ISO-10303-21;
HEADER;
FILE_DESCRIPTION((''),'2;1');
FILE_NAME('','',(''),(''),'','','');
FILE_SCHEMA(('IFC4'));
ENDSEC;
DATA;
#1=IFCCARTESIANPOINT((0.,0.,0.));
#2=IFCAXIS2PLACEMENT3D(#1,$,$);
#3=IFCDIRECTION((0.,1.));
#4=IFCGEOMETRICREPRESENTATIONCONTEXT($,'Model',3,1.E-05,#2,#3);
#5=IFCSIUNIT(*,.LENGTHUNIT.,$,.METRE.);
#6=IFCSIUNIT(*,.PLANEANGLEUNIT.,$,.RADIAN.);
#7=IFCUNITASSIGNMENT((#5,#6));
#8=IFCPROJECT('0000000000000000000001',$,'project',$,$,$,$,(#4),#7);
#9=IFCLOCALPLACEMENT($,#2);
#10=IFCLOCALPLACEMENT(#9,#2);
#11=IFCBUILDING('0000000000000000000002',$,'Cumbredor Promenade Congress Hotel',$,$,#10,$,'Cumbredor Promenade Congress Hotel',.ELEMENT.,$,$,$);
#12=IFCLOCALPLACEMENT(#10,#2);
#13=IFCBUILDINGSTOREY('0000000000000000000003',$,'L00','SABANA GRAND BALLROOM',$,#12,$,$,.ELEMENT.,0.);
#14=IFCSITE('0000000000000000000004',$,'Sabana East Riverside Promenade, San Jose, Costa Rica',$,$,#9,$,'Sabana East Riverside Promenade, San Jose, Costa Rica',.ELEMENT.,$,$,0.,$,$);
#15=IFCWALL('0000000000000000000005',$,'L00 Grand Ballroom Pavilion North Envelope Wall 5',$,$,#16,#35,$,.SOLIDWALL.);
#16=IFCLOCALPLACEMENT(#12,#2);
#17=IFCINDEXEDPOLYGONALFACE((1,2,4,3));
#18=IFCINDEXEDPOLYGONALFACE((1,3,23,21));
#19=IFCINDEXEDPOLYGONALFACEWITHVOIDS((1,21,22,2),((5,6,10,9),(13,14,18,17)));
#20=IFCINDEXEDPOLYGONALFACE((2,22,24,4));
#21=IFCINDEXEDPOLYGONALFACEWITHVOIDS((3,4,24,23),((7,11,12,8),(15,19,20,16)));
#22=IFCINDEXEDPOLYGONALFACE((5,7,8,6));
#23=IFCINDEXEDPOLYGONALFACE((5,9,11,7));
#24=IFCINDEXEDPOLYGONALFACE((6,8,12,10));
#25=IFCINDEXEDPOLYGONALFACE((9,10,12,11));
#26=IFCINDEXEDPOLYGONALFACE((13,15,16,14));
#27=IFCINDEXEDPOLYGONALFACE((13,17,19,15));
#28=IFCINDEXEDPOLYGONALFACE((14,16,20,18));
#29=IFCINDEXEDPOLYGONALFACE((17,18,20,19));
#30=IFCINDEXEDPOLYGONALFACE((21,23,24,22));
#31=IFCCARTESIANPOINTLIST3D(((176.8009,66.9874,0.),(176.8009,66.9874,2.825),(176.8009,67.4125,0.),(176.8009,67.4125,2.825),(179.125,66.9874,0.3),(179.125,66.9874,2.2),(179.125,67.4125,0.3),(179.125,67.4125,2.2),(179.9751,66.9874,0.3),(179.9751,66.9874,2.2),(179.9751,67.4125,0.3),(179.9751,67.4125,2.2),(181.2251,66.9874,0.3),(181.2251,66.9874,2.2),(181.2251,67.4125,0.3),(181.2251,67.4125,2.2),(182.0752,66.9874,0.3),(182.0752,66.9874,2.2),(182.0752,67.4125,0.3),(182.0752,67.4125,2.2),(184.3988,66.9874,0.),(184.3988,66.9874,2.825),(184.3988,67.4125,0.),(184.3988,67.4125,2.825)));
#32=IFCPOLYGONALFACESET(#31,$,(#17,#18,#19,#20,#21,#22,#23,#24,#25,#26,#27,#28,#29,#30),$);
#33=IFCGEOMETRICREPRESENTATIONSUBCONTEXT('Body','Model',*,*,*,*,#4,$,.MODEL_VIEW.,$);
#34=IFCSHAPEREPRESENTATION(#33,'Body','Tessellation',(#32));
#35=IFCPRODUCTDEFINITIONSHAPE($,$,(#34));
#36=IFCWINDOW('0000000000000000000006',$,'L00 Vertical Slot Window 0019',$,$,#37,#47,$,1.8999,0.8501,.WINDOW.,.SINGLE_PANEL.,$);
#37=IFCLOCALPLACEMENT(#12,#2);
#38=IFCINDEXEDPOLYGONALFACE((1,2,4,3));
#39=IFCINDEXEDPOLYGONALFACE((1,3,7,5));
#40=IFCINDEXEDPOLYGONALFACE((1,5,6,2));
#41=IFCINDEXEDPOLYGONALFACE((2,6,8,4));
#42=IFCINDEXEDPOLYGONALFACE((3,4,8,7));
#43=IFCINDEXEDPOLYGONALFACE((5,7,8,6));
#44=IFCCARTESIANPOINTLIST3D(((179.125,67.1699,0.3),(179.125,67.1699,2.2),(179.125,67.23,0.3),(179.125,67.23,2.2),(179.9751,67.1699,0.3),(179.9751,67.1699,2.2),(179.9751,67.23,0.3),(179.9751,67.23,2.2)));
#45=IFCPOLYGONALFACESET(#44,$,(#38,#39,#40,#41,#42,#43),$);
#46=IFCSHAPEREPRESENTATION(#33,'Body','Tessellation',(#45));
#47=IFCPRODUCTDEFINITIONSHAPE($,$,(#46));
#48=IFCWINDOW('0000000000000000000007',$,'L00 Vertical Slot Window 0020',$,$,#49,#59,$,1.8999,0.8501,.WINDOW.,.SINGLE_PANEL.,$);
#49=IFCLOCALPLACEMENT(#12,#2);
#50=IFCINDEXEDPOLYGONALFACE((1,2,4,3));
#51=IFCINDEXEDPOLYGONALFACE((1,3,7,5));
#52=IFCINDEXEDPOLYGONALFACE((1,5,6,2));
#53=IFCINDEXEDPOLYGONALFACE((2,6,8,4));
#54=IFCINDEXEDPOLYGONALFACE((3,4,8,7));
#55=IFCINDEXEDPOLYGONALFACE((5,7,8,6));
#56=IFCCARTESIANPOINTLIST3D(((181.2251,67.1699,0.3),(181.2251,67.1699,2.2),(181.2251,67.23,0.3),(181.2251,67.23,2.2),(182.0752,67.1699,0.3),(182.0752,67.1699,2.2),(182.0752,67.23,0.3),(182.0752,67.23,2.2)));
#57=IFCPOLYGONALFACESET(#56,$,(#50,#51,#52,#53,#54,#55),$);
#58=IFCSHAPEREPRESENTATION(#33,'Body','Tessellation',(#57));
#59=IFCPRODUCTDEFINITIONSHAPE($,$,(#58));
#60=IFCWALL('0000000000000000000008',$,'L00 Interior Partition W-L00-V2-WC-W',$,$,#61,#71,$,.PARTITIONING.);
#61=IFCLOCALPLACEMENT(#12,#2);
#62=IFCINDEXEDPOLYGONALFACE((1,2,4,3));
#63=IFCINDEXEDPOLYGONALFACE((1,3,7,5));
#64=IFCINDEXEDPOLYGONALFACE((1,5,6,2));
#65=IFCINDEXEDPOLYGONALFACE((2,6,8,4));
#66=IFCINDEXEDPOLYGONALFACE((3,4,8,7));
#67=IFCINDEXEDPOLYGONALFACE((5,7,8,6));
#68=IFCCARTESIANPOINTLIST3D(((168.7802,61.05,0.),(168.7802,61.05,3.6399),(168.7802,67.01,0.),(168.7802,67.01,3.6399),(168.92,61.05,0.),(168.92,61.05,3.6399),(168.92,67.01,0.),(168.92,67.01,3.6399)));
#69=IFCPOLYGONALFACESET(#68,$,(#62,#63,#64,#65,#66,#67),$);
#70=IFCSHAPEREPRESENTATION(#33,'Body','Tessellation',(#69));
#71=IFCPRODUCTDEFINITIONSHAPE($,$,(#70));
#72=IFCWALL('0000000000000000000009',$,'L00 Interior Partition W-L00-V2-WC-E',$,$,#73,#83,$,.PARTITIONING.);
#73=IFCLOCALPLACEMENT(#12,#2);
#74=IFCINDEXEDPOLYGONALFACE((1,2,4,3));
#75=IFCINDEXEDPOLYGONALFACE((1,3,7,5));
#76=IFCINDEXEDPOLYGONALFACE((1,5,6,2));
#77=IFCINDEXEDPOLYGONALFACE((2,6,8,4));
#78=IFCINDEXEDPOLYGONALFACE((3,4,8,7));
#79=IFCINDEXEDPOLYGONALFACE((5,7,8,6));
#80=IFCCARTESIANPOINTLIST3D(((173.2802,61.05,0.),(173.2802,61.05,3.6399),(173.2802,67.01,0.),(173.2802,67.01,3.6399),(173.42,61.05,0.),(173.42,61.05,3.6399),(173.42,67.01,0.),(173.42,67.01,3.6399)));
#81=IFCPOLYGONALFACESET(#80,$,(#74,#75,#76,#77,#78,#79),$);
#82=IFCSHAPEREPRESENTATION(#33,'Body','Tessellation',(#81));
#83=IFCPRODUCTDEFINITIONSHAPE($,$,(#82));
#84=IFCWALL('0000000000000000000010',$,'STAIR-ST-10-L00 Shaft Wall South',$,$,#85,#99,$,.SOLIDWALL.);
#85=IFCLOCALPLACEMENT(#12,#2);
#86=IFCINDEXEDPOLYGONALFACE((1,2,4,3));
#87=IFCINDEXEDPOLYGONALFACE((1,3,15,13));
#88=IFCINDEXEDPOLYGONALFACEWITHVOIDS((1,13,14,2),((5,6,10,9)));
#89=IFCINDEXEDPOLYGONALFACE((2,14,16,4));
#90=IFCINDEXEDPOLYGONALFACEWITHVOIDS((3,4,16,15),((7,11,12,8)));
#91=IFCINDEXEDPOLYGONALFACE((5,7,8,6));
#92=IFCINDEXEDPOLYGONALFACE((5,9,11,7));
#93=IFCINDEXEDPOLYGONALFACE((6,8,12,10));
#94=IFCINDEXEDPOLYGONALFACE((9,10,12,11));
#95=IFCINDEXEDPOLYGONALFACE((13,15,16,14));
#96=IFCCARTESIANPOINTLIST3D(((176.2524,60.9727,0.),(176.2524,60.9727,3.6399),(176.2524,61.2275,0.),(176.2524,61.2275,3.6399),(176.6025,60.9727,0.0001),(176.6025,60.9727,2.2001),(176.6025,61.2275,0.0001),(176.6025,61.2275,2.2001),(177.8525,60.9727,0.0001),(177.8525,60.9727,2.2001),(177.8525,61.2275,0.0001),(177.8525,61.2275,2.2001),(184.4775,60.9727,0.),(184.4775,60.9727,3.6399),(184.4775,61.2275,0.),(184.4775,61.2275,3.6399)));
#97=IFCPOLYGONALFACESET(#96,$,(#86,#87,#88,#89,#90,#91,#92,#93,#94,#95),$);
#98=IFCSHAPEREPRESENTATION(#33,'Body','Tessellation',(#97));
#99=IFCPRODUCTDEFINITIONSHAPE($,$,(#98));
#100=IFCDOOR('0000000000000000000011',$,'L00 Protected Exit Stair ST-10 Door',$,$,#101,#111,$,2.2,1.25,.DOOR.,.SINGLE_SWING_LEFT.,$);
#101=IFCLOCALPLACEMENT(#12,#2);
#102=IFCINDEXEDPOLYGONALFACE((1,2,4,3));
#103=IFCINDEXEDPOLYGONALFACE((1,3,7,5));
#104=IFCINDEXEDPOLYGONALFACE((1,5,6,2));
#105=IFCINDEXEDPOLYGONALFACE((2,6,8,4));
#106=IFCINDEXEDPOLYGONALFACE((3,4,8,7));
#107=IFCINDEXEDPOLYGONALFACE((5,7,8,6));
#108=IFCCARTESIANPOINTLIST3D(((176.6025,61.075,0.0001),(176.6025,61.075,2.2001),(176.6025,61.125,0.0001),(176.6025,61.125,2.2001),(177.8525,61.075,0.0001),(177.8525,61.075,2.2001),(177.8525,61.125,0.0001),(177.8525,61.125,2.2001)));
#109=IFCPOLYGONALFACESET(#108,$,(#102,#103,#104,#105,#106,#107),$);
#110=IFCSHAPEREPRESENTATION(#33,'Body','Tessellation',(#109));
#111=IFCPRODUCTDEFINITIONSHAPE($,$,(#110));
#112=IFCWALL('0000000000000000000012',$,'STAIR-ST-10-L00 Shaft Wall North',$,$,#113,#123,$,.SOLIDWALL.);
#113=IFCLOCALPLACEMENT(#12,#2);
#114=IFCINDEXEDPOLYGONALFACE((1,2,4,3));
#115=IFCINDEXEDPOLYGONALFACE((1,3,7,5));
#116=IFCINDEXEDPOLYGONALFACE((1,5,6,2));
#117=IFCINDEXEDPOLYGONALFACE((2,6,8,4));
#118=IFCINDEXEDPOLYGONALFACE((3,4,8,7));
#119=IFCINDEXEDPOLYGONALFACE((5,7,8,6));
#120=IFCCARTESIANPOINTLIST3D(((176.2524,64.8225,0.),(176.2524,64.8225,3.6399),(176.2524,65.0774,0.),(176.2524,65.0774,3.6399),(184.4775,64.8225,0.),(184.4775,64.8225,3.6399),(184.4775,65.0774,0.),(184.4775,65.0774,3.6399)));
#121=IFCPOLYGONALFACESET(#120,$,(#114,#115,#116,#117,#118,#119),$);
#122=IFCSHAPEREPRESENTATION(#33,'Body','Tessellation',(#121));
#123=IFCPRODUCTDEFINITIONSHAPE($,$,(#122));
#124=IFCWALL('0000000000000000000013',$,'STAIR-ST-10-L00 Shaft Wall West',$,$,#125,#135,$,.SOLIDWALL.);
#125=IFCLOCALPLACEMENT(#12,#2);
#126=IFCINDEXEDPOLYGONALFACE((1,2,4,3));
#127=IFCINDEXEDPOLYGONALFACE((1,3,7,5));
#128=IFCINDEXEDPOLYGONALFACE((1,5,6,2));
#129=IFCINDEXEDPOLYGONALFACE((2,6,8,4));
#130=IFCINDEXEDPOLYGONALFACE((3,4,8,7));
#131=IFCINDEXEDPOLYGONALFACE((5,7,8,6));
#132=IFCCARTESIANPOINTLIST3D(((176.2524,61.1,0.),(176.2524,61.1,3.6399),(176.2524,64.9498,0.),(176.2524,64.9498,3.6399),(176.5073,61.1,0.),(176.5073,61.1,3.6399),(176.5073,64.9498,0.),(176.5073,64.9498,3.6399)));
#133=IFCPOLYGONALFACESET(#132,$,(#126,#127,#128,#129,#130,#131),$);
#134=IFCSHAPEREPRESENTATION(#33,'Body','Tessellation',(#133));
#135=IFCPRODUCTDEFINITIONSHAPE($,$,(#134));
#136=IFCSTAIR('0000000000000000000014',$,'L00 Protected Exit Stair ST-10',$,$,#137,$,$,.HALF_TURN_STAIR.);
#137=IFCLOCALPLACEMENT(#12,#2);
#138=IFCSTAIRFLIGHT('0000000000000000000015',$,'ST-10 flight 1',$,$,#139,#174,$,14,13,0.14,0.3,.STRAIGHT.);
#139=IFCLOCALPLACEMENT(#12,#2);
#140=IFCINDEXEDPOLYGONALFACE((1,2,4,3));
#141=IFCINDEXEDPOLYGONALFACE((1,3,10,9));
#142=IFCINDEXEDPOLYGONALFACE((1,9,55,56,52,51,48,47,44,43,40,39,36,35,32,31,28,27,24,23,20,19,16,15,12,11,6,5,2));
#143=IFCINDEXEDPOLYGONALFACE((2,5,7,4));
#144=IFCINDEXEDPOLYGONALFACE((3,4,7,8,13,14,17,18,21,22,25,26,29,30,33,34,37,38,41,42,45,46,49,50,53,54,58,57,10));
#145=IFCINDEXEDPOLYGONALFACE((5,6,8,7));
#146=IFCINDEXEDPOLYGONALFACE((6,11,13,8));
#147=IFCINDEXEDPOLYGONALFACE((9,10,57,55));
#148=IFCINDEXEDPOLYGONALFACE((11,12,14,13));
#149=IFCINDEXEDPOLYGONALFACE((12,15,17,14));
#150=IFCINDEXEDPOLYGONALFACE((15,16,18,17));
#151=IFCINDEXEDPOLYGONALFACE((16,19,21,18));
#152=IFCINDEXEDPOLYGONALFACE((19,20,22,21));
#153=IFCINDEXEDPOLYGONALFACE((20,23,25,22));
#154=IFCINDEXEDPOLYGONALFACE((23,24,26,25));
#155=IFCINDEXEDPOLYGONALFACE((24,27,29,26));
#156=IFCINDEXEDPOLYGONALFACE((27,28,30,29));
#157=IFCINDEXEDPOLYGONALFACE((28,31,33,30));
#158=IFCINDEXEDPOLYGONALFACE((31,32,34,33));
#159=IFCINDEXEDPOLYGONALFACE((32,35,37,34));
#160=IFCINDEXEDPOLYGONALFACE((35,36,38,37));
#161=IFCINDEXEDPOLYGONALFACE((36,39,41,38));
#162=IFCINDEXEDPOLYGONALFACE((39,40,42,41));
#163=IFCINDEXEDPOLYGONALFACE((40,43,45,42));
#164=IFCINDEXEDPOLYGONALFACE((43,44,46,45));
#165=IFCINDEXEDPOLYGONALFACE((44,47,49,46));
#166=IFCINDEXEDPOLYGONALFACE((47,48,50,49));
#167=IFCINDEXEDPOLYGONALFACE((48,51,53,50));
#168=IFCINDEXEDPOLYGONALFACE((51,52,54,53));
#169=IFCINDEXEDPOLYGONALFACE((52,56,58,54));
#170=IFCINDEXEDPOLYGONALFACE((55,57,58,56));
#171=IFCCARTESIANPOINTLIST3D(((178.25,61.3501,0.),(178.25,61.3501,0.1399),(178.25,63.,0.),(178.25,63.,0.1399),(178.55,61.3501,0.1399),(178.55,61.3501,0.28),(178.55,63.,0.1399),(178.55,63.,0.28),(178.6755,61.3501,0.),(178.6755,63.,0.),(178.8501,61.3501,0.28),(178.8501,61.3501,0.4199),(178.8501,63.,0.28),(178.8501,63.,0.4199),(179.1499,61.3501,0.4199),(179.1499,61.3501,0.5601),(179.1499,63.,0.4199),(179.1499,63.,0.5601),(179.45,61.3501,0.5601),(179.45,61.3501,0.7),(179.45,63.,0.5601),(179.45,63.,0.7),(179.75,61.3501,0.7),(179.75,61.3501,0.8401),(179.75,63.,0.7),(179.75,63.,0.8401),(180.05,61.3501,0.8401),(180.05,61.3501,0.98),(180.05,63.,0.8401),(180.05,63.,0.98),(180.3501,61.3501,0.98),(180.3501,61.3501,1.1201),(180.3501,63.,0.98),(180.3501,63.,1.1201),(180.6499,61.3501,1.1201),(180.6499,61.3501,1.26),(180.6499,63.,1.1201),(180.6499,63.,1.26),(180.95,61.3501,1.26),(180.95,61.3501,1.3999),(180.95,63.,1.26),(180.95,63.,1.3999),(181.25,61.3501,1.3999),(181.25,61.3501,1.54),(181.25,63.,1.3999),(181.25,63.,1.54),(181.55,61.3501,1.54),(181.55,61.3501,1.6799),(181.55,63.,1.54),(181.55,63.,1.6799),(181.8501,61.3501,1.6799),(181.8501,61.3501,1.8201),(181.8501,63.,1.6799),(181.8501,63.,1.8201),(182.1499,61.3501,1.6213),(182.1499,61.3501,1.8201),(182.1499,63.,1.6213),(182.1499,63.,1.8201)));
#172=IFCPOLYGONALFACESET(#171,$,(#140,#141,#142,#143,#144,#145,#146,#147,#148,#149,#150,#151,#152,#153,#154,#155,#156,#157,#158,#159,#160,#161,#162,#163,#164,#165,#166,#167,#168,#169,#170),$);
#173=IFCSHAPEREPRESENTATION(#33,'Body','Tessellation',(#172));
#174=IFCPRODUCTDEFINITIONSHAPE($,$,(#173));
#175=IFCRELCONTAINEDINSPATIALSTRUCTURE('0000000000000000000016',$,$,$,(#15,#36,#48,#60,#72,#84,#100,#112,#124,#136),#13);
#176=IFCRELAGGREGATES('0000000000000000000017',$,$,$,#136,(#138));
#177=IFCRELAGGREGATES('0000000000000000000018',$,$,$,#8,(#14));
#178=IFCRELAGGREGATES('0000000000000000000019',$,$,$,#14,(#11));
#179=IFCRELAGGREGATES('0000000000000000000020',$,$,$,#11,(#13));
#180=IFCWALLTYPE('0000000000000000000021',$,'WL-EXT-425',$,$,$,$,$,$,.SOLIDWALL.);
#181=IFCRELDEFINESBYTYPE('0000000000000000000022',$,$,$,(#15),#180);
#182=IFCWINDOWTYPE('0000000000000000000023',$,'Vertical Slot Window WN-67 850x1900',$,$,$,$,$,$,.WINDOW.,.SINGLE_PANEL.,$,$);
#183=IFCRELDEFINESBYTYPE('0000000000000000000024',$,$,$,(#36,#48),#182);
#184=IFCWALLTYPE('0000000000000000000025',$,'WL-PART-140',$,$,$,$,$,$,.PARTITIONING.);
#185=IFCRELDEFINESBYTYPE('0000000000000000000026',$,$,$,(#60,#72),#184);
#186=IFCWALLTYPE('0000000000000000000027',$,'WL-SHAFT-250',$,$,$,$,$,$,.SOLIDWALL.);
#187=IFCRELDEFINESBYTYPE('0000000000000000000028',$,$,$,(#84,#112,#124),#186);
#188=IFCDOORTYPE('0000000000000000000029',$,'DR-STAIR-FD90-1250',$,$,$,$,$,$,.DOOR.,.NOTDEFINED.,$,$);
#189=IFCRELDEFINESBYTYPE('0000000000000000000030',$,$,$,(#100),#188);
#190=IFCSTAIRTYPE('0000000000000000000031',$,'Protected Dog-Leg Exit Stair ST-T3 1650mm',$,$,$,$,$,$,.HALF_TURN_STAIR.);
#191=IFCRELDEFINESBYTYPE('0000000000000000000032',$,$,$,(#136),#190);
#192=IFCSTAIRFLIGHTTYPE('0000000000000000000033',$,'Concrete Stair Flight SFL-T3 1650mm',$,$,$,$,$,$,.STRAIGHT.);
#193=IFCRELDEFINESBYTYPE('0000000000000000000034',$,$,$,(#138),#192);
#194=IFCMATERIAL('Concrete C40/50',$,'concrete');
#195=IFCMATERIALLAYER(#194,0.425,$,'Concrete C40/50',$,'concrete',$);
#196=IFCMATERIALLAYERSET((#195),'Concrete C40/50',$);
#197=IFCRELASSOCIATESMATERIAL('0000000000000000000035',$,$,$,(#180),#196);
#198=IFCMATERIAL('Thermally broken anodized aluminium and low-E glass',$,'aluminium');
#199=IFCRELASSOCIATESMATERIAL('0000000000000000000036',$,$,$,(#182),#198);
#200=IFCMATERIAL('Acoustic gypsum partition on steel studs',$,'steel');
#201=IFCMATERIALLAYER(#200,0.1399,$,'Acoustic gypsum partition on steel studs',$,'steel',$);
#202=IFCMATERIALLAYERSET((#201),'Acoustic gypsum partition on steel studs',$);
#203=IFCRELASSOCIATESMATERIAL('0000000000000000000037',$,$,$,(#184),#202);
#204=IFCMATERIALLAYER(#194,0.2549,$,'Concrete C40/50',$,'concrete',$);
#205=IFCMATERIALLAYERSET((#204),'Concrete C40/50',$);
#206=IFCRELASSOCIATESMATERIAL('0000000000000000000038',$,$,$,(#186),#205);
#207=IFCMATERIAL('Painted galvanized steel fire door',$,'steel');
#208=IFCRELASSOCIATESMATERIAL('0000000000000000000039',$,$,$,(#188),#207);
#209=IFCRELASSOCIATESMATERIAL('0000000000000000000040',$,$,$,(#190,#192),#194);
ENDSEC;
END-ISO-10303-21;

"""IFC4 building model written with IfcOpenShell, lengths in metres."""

from ifc_helpers import new_model, si_unit, direction, frame, frame_2d, origin, place, context, subcontext, project, spatial, polyline, rectangle, outline, extrude, material, layer, layer_set, type_object, element, fill, aggregate, save


model = new_model("IFC4")

# Units and contexts
model_context = context("Model", 3, precision=1e-05, world=origin(), true_north=direction((0.0, 1.0)))
body_context = subcontext(model_context, "Body", "Model", "MODEL_VIEW")
ifc_project = project(units=[si_unit("LENGTHUNIT", "METRE"), si_unit("PLANEANGLEUNIT", "RADIAN")], contexts=[model_context])

# Site, building, storey
site_placement = place(None, origin())
site = spatial("IfcSite", under=ifc_project, at=site_placement, Name="Sabana East Riverside Promenade, San Jose, Costa Rica", LongName="Sabana East Riverside Promenade, San Jose, Costa Rica", CompositionType="ELEMENT", RefElevation=0.0)
building_placement = place(site_placement, origin())
building = spatial("IfcBuilding", under=site, at=building_placement, Name="Cumbredor Promenade Congress Hotel", LongName="Cumbredor Promenade Congress Hotel", CompositionType="ELEMENT")
storey_placement = place(building_placement, origin())
storey = spatial("IfcBuildingStorey", under=building, at=storey_placement, Name="L00", Description="SABANA GRAND BALLROOM", CompositionType="ELEMENT", Elevation=0.0)

# Shared definitions
ifc_material_1 = material(Name="Thermally broken anodized aluminium and low-E glass", Category="aluminium")

# Shared definitions
ifc_material_2 = material(Name="Concrete C40/50", Category="concrete")

# Wall, openings, windows
ifc_layer_1 = layer(ifc_material_2, 0.425, Name="Concrete C40/50", Category="concrete")
ifc_layer_set_1 = layer_set([ifc_layer_1], Name="Concrete C40/50")
wall_type_1 = type_object("IfcWallType", Name="WL-EXT-425", PredefinedType="SOLIDWALL", material=ifc_layer_set_1)
wall_1_placement = place(storey_placement, frame((176.801, 67.2, 0.0), z_axis=(0.0, 0.0, 1.0), x_axis=(1.0, 0.0, 0.0)))
wall_1 = element("IfcWall", 1, at=wall_1_placement, inside=storey, type_object=wall_type_1, Name="L00 Grand Ballroom Pavilion North Envelope Wall 5", PredefinedType="SOLIDWALL", context=body_context, shape_type="SweptSolid", body=[
    extrude(rectangle(XDim=7.5979, YDim=0.425, at=frame_2d((3.7988, 0.0))), origin(), (0.0, 0.0, 1.0), 2.825),
])
opening_1_placement = place(wall_1_placement, frame((2.324, 0.0, 0.3)))
opening_1 = element("IfcOpeningElement", 2, at=opening_1_placement, cuts=wall_1, PredefinedType="OPENING", context=body_context, shape_type="SweptSolid", body=[
    extrude(rectangle(XDim=0.8501, YDim=1.8999, at=frame_2d((0.425, 0.95))), frame((0.0, 0.2227, 0.0), z_axis=(0.0, -1.0, 0.0), x_axis=(1.0, 0.0, 0.0)), (0.0, 0.0, 1.0), 0.4451),
])
opening_2_placement = place(wall_1_placement, frame((4.4241, 0.0, 0.3)))
opening_2 = element("IfcOpeningElement", 3, at=opening_2_placement, cuts=wall_1, PredefinedType="OPENING", context=body_context, shape_type="SweptSolid", body=[
    extrude(rectangle(XDim=0.8501, YDim=1.8999, at=frame_2d((0.425, 0.95))), frame((0.0, 0.2227, 0.0), z_axis=(0.0, -1.0, 0.0), x_axis=(1.0, 0.0, 0.0)), (0.0, 0.0, 1.0), 0.4451),
])
window_type = type_object("IfcWindowType", Name="Vertical Slot Window WN-67 850x1900", PartitioningType="SINGLE_PANEL", PredefinedType="WINDOW", material=ifc_material_1)
window_1_placement = place(opening_1_placement, origin())
window_1 = element("IfcWindow", 4, at=window_1_placement, inside=storey, type_object=window_type, Name="L00 Vertical Slot Window 0019", OverallHeight=1.8999, OverallWidth=0.8501, PartitioningType="SINGLE_PANEL", PredefinedType="WINDOW", context=body_context, shape_type="SweptSolid", body=[
    extrude(rectangle(XDim=0.8501, YDim=1.8999, at=frame_2d((0.425, 0.95))), frame((0.0, 0.03, 0.0), z_axis=(0.0, -1.0, 0.0), x_axis=(1.0, 0.0, 0.0)), (0.0, 0.0, 1.0), 0.0601),
])
fill(opening_1, window_1)
window_2_placement = place(opening_2_placement, origin())
window_2 = element("IfcWindow", 5, at=window_2_placement, inside=storey, type_object=window_type, Name="L00 Vertical Slot Window 0020", OverallHeight=1.8999, OverallWidth=0.8501, PartitioningType="SINGLE_PANEL", PredefinedType="WINDOW", context=body_context, shape_type="SweptSolid", body=[
    extrude(rectangle(XDim=0.8501, YDim=1.8999, at=frame_2d((0.425, 0.95))), frame((0.0, 0.03, 0.0), z_axis=(0.0, -1.0, 0.0), x_axis=(1.0, 0.0, 0.0)), (0.0, 0.0, 1.0), 0.0601),
])
fill(opening_2, window_2)

# Walls
ifc_material_3 = material(Name="Acoustic gypsum partition on steel studs", Category="steel")
ifc_layer_2 = layer(ifc_material_3, 0.1399, Name="Acoustic gypsum partition on steel studs", Category="steel")
ifc_layer_set_2 = layer_set([ifc_layer_2], Name="Acoustic gypsum partition on steel studs")
wall_type_2 = type_object("IfcWallType", Name="WL-PART-140", PredefinedType="PARTITIONING", material=ifc_layer_set_2)
for number, where, z_axis, x_axis, name in (
    (6, (168.8501, 61.05, 0.0), (0.0, 0.0, 1.0), (0.0, 1.0, 0.0), "L00 Interior Partition W-L00-V2-WC-W"),
    (7, (173.3501, 61.05, 0.0), (0.0, 0.0, 1.0), (0.0, 1.0, 0.0), "L00 Interior Partition W-L00-V2-WC-E"),
):
    element("IfcWall", number, at=place(storey_placement, frame(where, z_axis=z_axis, x_axis=x_axis)), inside=storey, type_object=wall_type_2, Name=name, PredefinedType="PARTITIONING", context=body_context, shape_type="SweptSolid", body=[
        extrude(rectangle(XDim=5.96, YDim=0.1399, at=frame_2d((2.98, 0.0))), origin(), (0.0, 0.0, 1.0), 3.6399),
    ])

# Wall, opening, door
ifc_layer_3 = layer(ifc_material_2, 0.2549, Name="Concrete C40/50", Category="concrete")
ifc_layer_set_3 = layer_set([ifc_layer_3], Name="Concrete C40/50")
wall_type_3 = type_object("IfcWallType", Name="WL-SHAFT-250", PredefinedType="SOLIDWALL", material=ifc_layer_set_3)
wall_2_placement = place(storey_placement, frame((176.2524, 61.1001, 0.0), z_axis=(0.0, 0.0, 1.0), x_axis=(1.0, 0.0, 0.0)))
wall_2 = element("IfcWall", 8, at=wall_2_placement, inside=storey, type_object=wall_type_3, Name="STAIR-ST-10-L00 Shaft Wall South", PredefinedType="SOLIDWALL", context=body_context, shape_type="SweptSolid", body=[
    extrude(rectangle(XDim=8.2251, YDim=0.2549, at=frame_2d((4.1125, 0.0))), origin(), (0.0, 0.0, 1.0), 3.6399),
])
opening_3_placement = place(wall_2_placement, frame((0.3501, 0.0, 0.0)))
opening_3 = element("IfcOpeningElement", 9, at=opening_3_placement, cuts=wall_2, PredefinedType="OPENING", context=body_context, shape_type="SweptSolid", body=[
    extrude(rectangle(XDim=1.25, YDim=2.2, at=frame_2d((0.625, 1.1001))), frame((0.0, 0.1375, 0.0), z_axis=(0.0, -1.0, 0.0), x_axis=(1.0, 0.0, 0.0)), (0.0, 0.0, 1.0), 0.2749),
])
ifc_material_4 = material(Name="Painted galvanized steel fire door", Category="steel")
door_type = type_object("IfcDoorType", Name="DR-STAIR-FD90-1250", OperationType="NOTDEFINED", PredefinedType="DOOR", material=ifc_material_4)
door_placement = place(opening_3_placement, origin())
door = element("IfcDoor", 10, at=door_placement, inside=storey, type_object=door_type, Name="L00 Protected Exit Stair ST-10 Door", OperationType="SINGLE_SWING_LEFT", OverallHeight=2.2, OverallWidth=1.25, PredefinedType="DOOR", context=body_context, shape_type="SweptSolid", body=[
    extrude(rectangle(XDim=1.25, YDim=2.2, at=frame_2d((0.625, 1.1001))), frame((0.0, 0.0249, 0.0), z_axis=(0.0, -1.0, 0.0), x_axis=(1.0, 0.0, 0.0)), (0.0, 0.0, 1.0), 0.05),
])
fill(opening_3, door)

# Walls
wall_3_placement = place(storey_placement, frame((176.2524, 64.95, 0.0), z_axis=(0.0, 0.0, 1.0), x_axis=(1.0, 0.0, 0.0)))
element("IfcWall", 11, at=wall_3_placement, inside=storey, type_object=wall_type_3, Name="STAIR-ST-10-L00 Shaft Wall North", PredefinedType="SOLIDWALL", context=body_context, shape_type="SweptSolid", body=[
    extrude(rectangle(XDim=8.2251, YDim=0.2549, at=frame_2d((4.1125, 0.0))), origin(), (0.0, 0.0, 1.0), 3.6399),
])
wall_4_placement = place(storey_placement, frame((176.3799, 61.1001, 0.0), z_axis=(0.0, 0.0, 1.0), x_axis=(0.0, 1.0, 0.0)))
element("IfcWall", 12, at=wall_4_placement, inside=storey, type_object=wall_type_3, Name="STAIR-ST-10-L00 Shaft Wall West", PredefinedType="SOLIDWALL", context=body_context, shape_type="SweptSolid", body=[
    extrude(rectangle(XDim=3.8499, YDim=0.2549, at=frame_2d((1.9248, 0.0))), origin(), (0.0, 0.0, 1.0), 3.6399),
])

# Stair, stair flight
stair_type = type_object("IfcStairType", Name="Protected Dog-Leg Exit Stair ST-T3 1650mm", PredefinedType="HALF_TURN_STAIR", material=ifc_material_2)
stair_placement = place(storey_placement, origin())
stair = element("IfcStair", 13, at=stair_placement, inside=storey, type_object=stair_type, Name="L00 Protected Exit Stair ST-10", PredefinedType="HALF_TURN_STAIR")
stair_flight_type = type_object("IfcStairFlightType", Name="Concrete Stair Flight SFL-T3 1650mm", PredefinedType="STRAIGHT", material=ifc_material_2)
stair_flight_1_placement = place(storey_placement, frame((178.25, 62.175, 0.0), z_axis=(0.0, 0.0, 1.0), x_axis=(1.0, 0.0, 0.0)))
stair_flight_1 = element("IfcStairFlight", 14, at=stair_flight_1_placement, type_object=stair_flight_type, Name="ST-10 flight 1", NumberOfRisers=14, NumberOfTreads=13, PredefinedType="STRAIGHT", RiserHeight=0.14, TreadLength=0.3, context=body_context, shape_type="SweptSolid", body=[
    extrude(outline(polyline([(0.0, 0.0), (0.0, 0.1399), (0.3, 0.1399), (0.3, 0.28), (0.6001, 0.28), (0.6001, 0.4199), (0.8999, 0.4199), (0.8999, 0.5601), (1.2, 0.5601), (1.2, 0.7), (1.5, 0.7), (1.5, 0.8401), (1.8, 0.8401), (1.8, 0.98), (2.1001, 0.98), (2.1001, 1.1201), (2.3999, 1.1201), (2.3999, 1.26), (2.7, 1.26), (2.7, 1.3999), (3.0, 1.3999), (3.0, 1.54), (3.3, 1.54), (3.3, 1.6799), (3.6001, 1.6799), (3.6001, 1.8201), (3.8999, 1.8201), (3.8999, 1.96), (3.8999, 1.6213), (0.4255, 0.0), (0.0, 0.0)])), frame((0.0, 0.825, 0.0), z_axis=(0.0, -1.0, 0.0), x_axis=(1.0, 0.0, 0.0)), (0.0, 0.0, 1.0), 1.6499),
])
aggregate(stair, [stair_flight_1])

save(model, "model.ifc")
